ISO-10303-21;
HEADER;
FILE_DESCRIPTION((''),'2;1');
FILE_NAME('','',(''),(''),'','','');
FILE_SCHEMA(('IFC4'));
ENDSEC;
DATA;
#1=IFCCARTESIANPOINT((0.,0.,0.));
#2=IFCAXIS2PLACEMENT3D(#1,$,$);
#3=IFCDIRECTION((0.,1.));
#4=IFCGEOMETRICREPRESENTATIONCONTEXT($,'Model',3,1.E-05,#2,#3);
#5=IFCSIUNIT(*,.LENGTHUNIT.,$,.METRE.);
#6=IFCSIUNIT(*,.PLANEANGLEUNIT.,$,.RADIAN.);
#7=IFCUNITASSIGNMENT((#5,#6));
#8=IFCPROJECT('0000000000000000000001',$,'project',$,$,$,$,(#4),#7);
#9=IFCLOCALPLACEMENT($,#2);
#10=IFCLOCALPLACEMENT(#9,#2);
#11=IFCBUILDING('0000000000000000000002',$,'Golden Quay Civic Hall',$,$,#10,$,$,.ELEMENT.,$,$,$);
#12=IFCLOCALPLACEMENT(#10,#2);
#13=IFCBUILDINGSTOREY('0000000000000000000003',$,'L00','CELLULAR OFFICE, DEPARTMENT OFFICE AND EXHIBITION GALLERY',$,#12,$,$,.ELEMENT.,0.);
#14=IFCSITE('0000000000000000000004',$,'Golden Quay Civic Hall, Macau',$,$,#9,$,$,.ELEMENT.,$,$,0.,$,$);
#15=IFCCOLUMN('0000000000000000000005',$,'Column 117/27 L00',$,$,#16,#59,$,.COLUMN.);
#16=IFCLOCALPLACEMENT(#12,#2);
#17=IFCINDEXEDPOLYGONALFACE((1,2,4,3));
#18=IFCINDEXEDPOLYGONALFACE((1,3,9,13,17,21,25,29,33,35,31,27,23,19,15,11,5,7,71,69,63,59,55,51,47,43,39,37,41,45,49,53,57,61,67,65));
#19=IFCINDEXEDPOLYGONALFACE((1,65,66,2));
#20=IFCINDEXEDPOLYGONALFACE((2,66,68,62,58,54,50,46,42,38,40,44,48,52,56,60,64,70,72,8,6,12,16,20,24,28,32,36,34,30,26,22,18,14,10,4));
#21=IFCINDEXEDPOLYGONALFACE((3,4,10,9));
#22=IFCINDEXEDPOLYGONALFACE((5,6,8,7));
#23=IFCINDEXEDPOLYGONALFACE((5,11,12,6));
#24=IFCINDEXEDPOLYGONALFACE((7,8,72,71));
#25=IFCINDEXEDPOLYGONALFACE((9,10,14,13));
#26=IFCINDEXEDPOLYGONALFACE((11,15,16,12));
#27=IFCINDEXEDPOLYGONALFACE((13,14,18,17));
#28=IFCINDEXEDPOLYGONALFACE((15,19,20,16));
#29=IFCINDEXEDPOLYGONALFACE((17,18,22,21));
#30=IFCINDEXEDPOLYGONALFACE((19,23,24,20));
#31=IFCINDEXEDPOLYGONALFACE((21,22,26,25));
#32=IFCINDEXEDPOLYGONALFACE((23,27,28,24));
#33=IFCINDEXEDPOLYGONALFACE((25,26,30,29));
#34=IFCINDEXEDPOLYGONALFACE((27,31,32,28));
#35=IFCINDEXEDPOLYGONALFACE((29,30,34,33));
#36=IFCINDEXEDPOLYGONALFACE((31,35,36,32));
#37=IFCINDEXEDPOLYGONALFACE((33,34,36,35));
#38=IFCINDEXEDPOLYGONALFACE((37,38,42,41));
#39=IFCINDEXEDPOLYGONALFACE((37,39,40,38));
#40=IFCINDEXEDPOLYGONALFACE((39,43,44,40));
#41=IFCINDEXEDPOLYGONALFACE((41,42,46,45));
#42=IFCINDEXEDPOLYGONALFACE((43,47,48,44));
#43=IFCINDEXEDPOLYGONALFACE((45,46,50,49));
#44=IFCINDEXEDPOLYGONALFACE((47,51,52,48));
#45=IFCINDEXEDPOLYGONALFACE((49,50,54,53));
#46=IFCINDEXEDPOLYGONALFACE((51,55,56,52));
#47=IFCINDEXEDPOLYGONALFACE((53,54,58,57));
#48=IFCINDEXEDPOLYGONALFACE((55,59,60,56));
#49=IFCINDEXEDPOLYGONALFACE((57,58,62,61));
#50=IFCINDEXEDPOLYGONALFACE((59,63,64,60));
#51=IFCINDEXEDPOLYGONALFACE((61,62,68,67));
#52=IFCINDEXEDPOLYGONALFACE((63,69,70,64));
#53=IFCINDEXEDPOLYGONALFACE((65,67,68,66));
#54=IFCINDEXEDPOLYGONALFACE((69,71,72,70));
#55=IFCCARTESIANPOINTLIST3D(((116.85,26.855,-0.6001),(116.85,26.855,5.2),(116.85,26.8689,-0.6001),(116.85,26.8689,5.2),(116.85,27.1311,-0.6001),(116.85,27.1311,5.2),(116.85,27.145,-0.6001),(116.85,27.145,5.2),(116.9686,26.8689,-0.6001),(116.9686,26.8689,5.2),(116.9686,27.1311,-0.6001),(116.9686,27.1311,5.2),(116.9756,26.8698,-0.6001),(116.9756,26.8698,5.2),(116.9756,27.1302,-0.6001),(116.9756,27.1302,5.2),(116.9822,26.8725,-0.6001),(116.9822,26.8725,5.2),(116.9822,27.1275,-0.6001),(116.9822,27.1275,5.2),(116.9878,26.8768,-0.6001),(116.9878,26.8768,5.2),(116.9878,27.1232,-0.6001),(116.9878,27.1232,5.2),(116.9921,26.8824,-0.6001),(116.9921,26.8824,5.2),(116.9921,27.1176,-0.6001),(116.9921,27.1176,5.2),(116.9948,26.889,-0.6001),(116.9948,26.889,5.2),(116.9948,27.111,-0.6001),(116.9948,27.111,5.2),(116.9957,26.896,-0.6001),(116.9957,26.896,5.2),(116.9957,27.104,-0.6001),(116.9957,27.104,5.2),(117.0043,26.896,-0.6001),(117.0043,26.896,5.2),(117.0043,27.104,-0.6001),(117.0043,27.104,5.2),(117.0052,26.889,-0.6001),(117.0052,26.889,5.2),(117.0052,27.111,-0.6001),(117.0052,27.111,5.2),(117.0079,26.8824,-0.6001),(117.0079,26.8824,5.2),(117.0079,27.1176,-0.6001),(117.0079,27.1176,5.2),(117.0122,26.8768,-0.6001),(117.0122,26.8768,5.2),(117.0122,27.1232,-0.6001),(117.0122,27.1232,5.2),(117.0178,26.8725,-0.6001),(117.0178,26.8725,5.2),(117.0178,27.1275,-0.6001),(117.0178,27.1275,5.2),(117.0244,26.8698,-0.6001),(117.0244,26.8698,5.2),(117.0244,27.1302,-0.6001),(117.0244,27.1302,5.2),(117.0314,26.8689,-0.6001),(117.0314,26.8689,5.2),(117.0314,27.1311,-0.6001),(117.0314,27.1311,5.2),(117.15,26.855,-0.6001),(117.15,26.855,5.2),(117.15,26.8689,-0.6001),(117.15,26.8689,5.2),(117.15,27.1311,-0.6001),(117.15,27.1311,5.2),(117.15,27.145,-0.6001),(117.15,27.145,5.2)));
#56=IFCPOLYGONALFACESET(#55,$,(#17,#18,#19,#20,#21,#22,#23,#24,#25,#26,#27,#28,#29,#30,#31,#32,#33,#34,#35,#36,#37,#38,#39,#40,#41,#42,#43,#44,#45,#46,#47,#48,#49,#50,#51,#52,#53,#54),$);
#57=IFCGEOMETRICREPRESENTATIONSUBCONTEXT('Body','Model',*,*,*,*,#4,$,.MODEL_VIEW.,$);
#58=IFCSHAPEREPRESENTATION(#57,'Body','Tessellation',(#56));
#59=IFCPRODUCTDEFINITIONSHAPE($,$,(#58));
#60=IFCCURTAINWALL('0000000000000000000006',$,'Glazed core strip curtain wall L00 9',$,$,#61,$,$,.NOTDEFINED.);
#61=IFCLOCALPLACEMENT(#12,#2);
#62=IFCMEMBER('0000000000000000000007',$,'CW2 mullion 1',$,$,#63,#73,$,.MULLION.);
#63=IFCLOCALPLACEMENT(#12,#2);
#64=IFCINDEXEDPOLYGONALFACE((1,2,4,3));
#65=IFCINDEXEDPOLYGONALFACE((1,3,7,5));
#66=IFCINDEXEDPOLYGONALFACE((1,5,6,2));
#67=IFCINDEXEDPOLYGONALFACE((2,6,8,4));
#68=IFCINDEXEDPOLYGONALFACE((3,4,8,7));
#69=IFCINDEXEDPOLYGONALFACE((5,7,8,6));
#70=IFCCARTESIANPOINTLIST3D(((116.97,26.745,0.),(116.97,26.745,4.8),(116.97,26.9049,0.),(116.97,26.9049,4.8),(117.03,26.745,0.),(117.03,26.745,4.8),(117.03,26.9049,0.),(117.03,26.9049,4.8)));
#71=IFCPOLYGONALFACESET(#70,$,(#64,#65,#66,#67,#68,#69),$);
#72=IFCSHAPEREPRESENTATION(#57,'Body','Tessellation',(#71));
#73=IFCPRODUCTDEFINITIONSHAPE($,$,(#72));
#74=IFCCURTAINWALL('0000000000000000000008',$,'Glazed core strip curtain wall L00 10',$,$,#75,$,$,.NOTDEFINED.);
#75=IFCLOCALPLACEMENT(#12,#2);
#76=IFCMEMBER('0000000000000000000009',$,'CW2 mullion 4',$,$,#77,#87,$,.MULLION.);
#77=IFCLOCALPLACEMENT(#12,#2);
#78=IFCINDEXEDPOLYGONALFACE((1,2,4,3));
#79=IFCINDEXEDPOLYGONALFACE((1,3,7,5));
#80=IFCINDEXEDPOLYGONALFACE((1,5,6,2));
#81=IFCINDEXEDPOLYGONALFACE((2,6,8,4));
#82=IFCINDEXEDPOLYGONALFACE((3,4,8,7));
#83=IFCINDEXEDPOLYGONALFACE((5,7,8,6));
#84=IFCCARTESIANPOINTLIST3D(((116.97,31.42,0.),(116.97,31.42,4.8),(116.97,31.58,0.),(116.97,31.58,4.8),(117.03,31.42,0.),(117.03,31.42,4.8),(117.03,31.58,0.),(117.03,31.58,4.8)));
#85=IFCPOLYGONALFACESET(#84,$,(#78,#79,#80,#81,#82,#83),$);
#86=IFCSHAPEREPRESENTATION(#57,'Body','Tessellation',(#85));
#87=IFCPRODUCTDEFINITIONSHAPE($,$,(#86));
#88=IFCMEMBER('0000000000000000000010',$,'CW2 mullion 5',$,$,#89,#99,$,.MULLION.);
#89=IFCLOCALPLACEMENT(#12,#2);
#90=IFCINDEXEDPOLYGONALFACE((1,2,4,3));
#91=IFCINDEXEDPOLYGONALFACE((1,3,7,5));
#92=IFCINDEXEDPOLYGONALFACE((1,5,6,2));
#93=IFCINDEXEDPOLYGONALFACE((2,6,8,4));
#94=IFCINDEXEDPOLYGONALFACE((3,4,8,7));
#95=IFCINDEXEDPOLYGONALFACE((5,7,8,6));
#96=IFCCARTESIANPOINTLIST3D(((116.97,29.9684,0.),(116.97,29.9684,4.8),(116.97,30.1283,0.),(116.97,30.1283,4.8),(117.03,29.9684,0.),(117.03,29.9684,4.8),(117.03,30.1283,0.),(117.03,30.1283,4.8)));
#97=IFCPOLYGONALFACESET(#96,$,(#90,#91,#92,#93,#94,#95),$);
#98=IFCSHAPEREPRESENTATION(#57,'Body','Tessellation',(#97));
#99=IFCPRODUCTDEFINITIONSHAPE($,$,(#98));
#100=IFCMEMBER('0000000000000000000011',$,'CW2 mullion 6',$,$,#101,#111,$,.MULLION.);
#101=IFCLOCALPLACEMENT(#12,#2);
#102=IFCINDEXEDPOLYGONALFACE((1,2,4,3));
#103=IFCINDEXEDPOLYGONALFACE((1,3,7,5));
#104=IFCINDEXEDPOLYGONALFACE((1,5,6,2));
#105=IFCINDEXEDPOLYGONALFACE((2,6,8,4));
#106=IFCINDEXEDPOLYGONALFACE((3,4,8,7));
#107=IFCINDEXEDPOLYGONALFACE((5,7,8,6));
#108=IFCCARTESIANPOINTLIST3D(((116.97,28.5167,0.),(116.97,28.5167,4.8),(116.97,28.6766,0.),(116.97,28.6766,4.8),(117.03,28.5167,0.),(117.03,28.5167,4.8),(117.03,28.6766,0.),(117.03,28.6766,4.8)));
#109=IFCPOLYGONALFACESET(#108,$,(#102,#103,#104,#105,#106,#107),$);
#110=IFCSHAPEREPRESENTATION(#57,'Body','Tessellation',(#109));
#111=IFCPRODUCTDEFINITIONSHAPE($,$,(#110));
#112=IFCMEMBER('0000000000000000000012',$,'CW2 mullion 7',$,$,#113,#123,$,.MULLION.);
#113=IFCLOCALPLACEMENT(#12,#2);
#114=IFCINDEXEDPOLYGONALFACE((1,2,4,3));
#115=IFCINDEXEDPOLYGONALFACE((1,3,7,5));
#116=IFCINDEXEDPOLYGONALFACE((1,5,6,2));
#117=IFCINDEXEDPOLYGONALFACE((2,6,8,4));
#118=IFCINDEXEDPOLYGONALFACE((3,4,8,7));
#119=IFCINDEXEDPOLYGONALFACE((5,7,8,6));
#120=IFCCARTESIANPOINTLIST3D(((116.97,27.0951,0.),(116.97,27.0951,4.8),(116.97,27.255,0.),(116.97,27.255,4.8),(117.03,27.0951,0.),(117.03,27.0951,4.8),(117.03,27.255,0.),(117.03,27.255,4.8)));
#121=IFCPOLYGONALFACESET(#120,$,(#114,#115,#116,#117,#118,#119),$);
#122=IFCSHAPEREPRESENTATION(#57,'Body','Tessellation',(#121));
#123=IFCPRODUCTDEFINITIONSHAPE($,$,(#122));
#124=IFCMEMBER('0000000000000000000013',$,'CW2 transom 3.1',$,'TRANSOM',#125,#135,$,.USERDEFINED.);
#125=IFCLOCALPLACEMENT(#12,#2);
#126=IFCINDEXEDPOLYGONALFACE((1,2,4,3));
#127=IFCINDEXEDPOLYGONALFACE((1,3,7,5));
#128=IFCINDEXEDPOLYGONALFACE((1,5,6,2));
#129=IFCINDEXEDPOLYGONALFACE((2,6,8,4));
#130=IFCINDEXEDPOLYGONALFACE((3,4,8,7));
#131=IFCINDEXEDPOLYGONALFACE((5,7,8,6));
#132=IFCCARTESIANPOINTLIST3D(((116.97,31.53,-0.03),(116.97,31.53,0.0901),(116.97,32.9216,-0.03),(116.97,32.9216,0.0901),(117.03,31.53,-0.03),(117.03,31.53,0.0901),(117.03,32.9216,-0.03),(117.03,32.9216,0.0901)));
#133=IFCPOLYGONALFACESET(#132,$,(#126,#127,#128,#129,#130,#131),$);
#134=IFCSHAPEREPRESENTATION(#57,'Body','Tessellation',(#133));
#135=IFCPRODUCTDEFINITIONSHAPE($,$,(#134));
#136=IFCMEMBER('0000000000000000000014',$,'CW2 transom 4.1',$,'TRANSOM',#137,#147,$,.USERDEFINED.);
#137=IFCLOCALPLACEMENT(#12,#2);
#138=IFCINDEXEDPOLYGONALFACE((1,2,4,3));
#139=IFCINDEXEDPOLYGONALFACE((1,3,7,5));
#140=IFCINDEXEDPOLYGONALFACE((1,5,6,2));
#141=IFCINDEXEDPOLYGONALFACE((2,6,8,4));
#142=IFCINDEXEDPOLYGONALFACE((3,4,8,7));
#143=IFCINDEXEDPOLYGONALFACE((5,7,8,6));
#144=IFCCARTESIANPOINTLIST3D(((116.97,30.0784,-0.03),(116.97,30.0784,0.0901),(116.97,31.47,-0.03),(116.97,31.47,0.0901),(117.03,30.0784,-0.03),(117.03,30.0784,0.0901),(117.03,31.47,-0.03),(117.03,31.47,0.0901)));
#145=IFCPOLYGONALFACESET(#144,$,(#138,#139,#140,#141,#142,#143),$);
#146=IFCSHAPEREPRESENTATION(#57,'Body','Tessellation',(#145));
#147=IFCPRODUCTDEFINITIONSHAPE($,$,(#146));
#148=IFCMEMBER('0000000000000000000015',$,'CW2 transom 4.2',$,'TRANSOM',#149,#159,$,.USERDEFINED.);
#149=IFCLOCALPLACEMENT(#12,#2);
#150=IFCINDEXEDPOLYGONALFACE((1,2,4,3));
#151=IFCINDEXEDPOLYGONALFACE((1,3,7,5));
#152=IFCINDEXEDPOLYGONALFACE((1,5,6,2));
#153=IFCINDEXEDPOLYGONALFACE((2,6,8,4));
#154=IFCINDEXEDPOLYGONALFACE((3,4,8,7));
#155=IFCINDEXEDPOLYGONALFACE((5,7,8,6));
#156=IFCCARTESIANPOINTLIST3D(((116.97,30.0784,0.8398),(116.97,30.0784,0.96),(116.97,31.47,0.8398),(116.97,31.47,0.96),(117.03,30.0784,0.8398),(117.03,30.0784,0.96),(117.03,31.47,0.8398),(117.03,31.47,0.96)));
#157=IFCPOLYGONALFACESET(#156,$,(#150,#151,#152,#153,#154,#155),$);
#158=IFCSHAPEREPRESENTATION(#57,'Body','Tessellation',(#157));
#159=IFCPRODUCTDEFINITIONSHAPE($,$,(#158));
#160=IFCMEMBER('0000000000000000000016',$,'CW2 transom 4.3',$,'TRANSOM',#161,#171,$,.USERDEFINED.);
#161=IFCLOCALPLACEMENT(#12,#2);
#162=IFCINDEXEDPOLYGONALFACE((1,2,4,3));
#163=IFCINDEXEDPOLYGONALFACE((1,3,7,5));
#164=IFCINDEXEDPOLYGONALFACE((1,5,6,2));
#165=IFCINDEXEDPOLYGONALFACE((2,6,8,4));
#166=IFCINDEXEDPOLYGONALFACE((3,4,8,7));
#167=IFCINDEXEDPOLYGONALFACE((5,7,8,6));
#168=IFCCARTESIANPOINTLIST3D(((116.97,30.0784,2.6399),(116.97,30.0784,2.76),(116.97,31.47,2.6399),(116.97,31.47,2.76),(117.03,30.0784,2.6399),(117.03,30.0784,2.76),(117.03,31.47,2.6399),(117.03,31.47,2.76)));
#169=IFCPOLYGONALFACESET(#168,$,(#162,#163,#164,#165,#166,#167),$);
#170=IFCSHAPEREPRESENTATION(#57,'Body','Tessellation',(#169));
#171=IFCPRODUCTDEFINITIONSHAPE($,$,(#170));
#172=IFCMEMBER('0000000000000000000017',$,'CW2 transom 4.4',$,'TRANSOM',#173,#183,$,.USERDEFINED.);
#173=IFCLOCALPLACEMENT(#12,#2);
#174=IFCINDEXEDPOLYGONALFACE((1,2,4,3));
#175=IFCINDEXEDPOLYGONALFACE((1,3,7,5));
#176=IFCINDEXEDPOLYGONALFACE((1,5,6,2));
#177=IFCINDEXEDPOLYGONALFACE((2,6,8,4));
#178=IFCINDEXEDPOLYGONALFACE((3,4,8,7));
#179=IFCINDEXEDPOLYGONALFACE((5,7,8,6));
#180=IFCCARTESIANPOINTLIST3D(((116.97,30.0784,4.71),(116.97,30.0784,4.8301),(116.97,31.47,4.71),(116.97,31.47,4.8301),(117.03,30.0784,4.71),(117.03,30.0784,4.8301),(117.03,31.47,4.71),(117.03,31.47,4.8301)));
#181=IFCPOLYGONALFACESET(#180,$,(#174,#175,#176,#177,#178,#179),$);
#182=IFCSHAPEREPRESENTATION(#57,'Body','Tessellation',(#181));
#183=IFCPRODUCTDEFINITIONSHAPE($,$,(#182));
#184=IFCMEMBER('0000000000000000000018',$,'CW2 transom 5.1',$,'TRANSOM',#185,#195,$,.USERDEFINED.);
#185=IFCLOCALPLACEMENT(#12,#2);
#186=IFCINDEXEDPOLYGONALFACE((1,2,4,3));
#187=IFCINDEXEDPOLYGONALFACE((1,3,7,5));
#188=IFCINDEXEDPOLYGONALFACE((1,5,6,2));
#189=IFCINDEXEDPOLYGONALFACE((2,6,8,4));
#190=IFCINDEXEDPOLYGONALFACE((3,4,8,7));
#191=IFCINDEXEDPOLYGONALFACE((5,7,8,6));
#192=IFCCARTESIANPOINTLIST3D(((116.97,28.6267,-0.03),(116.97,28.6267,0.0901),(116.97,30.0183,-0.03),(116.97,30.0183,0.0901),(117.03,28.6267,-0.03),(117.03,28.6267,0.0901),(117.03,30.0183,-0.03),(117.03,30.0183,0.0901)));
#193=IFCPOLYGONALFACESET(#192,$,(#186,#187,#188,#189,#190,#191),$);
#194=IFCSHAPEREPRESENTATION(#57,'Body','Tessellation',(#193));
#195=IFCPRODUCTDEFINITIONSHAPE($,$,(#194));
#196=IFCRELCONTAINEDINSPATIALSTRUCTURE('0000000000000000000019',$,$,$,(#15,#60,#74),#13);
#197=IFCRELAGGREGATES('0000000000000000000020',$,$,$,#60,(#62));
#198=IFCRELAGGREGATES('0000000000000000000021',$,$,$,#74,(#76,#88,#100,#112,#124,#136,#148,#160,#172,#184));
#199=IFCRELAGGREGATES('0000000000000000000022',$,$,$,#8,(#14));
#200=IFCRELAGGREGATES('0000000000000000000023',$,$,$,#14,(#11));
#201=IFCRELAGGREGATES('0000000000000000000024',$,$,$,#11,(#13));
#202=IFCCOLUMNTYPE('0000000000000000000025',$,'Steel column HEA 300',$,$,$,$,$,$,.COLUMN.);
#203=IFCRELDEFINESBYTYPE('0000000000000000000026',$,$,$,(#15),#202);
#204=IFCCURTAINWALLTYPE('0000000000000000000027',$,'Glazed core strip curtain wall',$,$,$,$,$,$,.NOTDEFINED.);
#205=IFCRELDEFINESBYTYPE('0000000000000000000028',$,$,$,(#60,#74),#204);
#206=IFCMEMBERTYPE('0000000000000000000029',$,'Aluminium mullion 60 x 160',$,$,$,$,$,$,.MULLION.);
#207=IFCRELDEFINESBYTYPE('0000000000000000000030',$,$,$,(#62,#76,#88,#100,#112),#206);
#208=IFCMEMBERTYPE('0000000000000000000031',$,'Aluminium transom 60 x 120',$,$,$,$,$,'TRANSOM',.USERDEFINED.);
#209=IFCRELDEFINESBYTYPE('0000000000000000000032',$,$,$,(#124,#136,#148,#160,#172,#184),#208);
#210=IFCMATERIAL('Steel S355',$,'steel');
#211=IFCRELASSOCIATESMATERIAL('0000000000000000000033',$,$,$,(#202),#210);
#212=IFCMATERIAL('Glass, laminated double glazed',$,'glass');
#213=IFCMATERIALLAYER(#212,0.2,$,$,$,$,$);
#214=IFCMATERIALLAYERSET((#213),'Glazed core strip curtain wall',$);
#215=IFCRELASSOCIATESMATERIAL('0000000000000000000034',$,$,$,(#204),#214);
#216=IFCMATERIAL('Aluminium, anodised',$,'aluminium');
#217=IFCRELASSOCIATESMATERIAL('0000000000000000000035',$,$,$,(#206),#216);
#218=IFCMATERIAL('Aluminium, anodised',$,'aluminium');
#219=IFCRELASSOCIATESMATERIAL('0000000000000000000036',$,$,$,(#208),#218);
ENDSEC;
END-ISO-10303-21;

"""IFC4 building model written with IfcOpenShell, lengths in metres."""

from ifc_helpers import new_model, si_unit, direction, frame, origin, origin_2d, place, context, subcontext, project, spatial, rectangle, i_section, extrude, material, layer, layer_set, material_profile, profile_set, type_object, element, aggregate, save


model = new_model("IFC4")

# Units and contexts
model_context = context("Model", 3, precision=1e-05, world=origin(), true_north=direction((0.0, 1.0)))
body_context = subcontext(model_context, "Body", "Model", "MODEL_VIEW")
ifc_project = project(units=[si_unit("LENGTHUNIT", "METRE"), si_unit("PLANEANGLEUNIT", "RADIAN")], contexts=[model_context])

# Site, building, storey
site_placement = place(None, origin())
site = spatial("IfcSite", under=ifc_project, at=site_placement, Name="Golden Quay Civic Hall, Macau", CompositionType="ELEMENT", RefElevation=0.0)
building_placement = place(site_placement, origin())
building = spatial("IfcBuilding", under=site, at=building_placement, Name="Golden Quay Civic Hall", CompositionType="ELEMENT")
storey_placement = place(building_placement, origin())
storey = spatial("IfcBuildingStorey", under=building, at=storey_placement, Name="L00", Description="CELLULAR OFFICE, DEPARTMENT OFFICE AND EXHIBITION GALLERY", CompositionType="ELEMENT", Elevation=0.0)

# Column
ifc_material_1 = material(Name="Steel S355", Category="steel")
ifc_material_profile_1 = material_profile(ifc_material_1, i_section(OverallWidth=0.3, OverallDepth=0.29, WebThickness=0.0085, FlangeThickness=0.0139, FilletRadius=0.0271, at=origin_2d()), Name="HEA 300")
ifc_profile_set_1 = profile_set([ifc_material_profile_1], Name="Steel S355")
column_type = type_object("IfcColumnType", Name="Steel column HEA 300", PredefinedType="COLUMN", material=ifc_profile_set_1)
column_placement = place(storey_placement, frame((117.0, 27.0, -0.6001), z_axis=(0.0, 0.0, 1.0), x_axis=(1.0, 0.0, 0.0)))
element("IfcColumn", 1, at=column_placement, inside=storey, type_object=column_type, Name="Column 117/27 L00", PredefinedType="COLUMN", context=body_context, shape_type="SweptSolid", body=[
    extrude(i_section(OverallWidth=0.3, OverallDepth=0.29, WebThickness=0.0085, FlangeThickness=0.0139, FilletRadius=0.0271, at=origin_2d()), origin(), (0.0, 0.0, 1.0), 5.8),
])

# Curtain wall, member
ifc_material_2 = material(Name="Glass, laminated double glazed", Category="glass")
ifc_layer_1 = layer(ifc_material_2, 0.2)
ifc_layer_set_1 = layer_set([ifc_layer_1], Name="Glazed core strip curtain wall")
curtain_wall_type = type_object("IfcCurtainWallType", Name="Glazed core strip curtain wall", PredefinedType="NOTDEFINED", material=ifc_layer_set_1)
curtain_wall_1_placement = place(storey_placement, origin())
curtain_wall_1 = element("IfcCurtainWall", 2, at=curtain_wall_1_placement, inside=storey, type_object=curtain_wall_type, Name="Glazed core strip curtain wall L00 9", PredefinedType="NOTDEFINED")
ifc_material_3 = material(Name="Aluminium, anodised", Category="aluminium")
ifc_material_profile_2 = material_profile(ifc_material_3, rectangle(XDim=0.0601, YDim=0.1599, at=origin_2d()), Name="Aluminium 60 x 160")
ifc_profile_set_2 = profile_set([ifc_material_profile_2], Name="Aluminium, anodised")
member_type_1 = type_object("IfcMemberType", Name="Aluminium mullion 60 x 160", PredefinedType="MULLION", material=ifc_profile_set_2)
member_1_placement = place(storey_placement, frame((117.0, 26.825, 0.0), z_axis=(0.0, 0.0, 1.0), x_axis=(1.0, 0.0, 0.0)))
member_1 = element("IfcMember", 3, at=member_1_placement, type_object=member_type_1, Name="CW2 mullion 1", PredefinedType="MULLION", context=body_context, shape_type="SweptSolid", body=[
    extrude(rectangle(XDim=0.0601, YDim=0.1599, at=origin_2d()), origin(), (0.0, 0.0, 1.0), 4.8),
])
aggregate(curtain_wall_1, [member_1])

# Curtain wall, members
curtain_wall_2_placement = place(storey_placement, origin())
curtain_wall_2 = element("IfcCurtainWall", 4, at=curtain_wall_2_placement, inside=storey, type_object=curtain_wall_type, Name="Glazed core strip curtain wall L00 10", PredefinedType="NOTDEFINED")
member_2_placement = place(storey_placement, frame((117.0, 31.5, 0.0), z_axis=(0.0, 0.0, 1.0), x_axis=(1.0, 0.0, 0.0)))
member_2 = element("IfcMember", 5, at=member_2_placement, type_object=member_type_1, Name="CW2 mullion 4", PredefinedType="MULLION", context=body_context, shape_type="SweptSolid", body=[
    extrude(rectangle(XDim=0.0601, YDim=0.1599, at=origin_2d()), origin(), (0.0, 0.0, 1.0), 4.8),
])
member_3_placement = place(storey_placement, frame((117.0, 30.0483, 0.0), z_axis=(0.0, 0.0, 1.0), x_axis=(1.0, 0.0, 0.0)))
member_3 = element("IfcMember", 6, at=member_3_placement, type_object=member_type_1, Name="CW2 mullion 5", PredefinedType="MULLION", context=body_context, shape_type="SweptSolid", body=[
    extrude(rectangle(XDim=0.0601, YDim=0.1599, at=origin_2d()), origin(), (0.0, 0.0, 1.0), 4.8),
])
member_4_placement = place(storey_placement, frame((117.0, 28.5967, 0.0), z_axis=(0.0, 0.0, 1.0), x_axis=(1.0, 0.0, 0.0)))
member_4 = element("IfcMember", 7, at=member_4_placement, type_object=member_type_1, Name="CW2 mullion 6", PredefinedType="MULLION", context=body_context, shape_type="SweptSolid", body=[
    extrude(rectangle(XDim=0.0601, YDim=0.1599, at=origin_2d()), origin(), (0.0, 0.0, 1.0), 4.8),
])
member_5_placement = place(storey_placement, frame((117.0, 27.175, 0.0), z_axis=(0.0, 0.0, 1.0), x_axis=(1.0, 0.0, 0.0)))
member_5 = element("IfcMember", 8, at=member_5_placement, type_object=member_type_1, Name="CW2 mullion 7", PredefinedType="MULLION", context=body_context, shape_type="SweptSolid", body=[
    extrude(rectangle(XDim=0.0601, YDim=0.1599, at=origin_2d()), origin(), (0.0, 0.0, 1.0), 4.8),
])
ifc_material_4 = material(Name="Aluminium, anodised", Category="aluminium")
ifc_material_profile_3 = material_profile(ifc_material_4, rectangle(XDim=0.0601, YDim=0.1201, at=origin_2d()), Name="Aluminium 60 x 120")
ifc_profile_set_3 = profile_set([ifc_material_profile_3], Name="Aluminium, anodised")
member_type_2 = type_object("IfcMemberType", Name="Aluminium transom 60 x 120", ElementType="TRANSOM", PredefinedType="USERDEFINED", material=ifc_profile_set_3)
member_6_placement = place(storey_placement, frame((117.0, 32.9216, 0.03), z_axis=(0.0, -1.0, 0.0), x_axis=(1.0, 0.0, 0.0)))
member_6 = element("IfcMember", 9, at=member_6_placement, type_object=member_type_2, Name="CW2 transom 3.1", ObjectType="TRANSOM", PredefinedType="USERDEFINED", context=body_context, shape_type="SweptSolid", body=[
    extrude(rectangle(XDim=0.0601, YDim=0.1201, at=origin_2d()), origin(), (0.0, 0.0, 1.0), 1.3916),
])
member_7_placement = place(storey_placement, frame((117.0, 31.47, 0.03), z_axis=(0.0, -1.0, 0.0), x_axis=(1.0, 0.0, 0.0)))
member_7 = element("IfcMember", 10, at=member_7_placement, type_object=member_type_2, Name="CW2 transom 4.1", ObjectType="TRANSOM", PredefinedType="USERDEFINED", context=body_context, shape_type="SweptSolid", body=[
    extrude(rectangle(XDim=0.0601, YDim=0.1201, at=origin_2d()), origin(), (0.0, 0.0, 1.0), 1.3916),
])
member_8_placement = place(storey_placement, frame((117.0, 31.47, 0.8999), z_axis=(0.0, -1.0, 0.0), x_axis=(1.0, 0.0, 0.0)))
member_8 = element("IfcMember", 11, at=member_8_placement, type_object=member_type_2, Name="CW2 transom 4.2", ObjectType="TRANSOM", PredefinedType="USERDEFINED", context=body_context, shape_type="SweptSolid", body=[
    extrude(rectangle(XDim=0.0601, YDim=0.1201, at=origin_2d()), origin(), (0.0, 0.0, 1.0), 1.3916),
])
member_9_placement = place(storey_placement, frame((117.0, 31.47, 2.7), z_axis=(0.0, -1.0, 0.0), x_axis=(1.0, 0.0, 0.0)))
member_9 = element("IfcMember", 12, at=member_9_placement, type_object=member_type_2, Name="CW2 transom 4.3", ObjectType="TRANSOM", PredefinedType="USERDEFINED", context=body_context, shape_type="SweptSolid", body=[
    extrude(rectangle(XDim=0.0601, YDim=0.1201, at=origin_2d()), origin(), (0.0, 0.0, 1.0), 1.3916),
])
member_10_placement = place(storey_placement, frame((117.0, 31.47, 4.77), z_axis=(0.0, -1.0, 0.0), x_axis=(1.0, 0.0, 0.0)))
member_10 = element("IfcMember", 13, at=member_10_placement, type_object=member_type_2, Name="CW2 transom 4.4", ObjectType="TRANSOM", PredefinedType="USERDEFINED", context=body_context, shape_type="SweptSolid", body=[
    extrude(rectangle(XDim=0.0601, YDim=0.1201, at=origin_2d()), origin(), (0.0, 0.0, 1.0), 1.3916),
])
member_11_placement = place(storey_placement, frame((117.0, 30.0183, 0.03), z_axis=(0.0, -1.0, 0.0), x_axis=(1.0, 0.0, 0.0)))
member_11 = element("IfcMember", 14, at=member_11_placement, type_object=member_type_2, Name="CW2 transom 5.1", ObjectType="TRANSOM", PredefinedType="USERDEFINED", context=body_context, shape_type="SweptSolid", body=[
    extrude(rectangle(XDim=0.0601, YDim=0.1201, at=origin_2d()), origin(), (0.0, 0.0, 1.0), 1.3916),
])
aggregate(curtain_wall_2, [member_2, member_3, member_4, member_5, member_6, member_7, member_8, member_9, member_10, member_11])

save(model, "model.ifc")
